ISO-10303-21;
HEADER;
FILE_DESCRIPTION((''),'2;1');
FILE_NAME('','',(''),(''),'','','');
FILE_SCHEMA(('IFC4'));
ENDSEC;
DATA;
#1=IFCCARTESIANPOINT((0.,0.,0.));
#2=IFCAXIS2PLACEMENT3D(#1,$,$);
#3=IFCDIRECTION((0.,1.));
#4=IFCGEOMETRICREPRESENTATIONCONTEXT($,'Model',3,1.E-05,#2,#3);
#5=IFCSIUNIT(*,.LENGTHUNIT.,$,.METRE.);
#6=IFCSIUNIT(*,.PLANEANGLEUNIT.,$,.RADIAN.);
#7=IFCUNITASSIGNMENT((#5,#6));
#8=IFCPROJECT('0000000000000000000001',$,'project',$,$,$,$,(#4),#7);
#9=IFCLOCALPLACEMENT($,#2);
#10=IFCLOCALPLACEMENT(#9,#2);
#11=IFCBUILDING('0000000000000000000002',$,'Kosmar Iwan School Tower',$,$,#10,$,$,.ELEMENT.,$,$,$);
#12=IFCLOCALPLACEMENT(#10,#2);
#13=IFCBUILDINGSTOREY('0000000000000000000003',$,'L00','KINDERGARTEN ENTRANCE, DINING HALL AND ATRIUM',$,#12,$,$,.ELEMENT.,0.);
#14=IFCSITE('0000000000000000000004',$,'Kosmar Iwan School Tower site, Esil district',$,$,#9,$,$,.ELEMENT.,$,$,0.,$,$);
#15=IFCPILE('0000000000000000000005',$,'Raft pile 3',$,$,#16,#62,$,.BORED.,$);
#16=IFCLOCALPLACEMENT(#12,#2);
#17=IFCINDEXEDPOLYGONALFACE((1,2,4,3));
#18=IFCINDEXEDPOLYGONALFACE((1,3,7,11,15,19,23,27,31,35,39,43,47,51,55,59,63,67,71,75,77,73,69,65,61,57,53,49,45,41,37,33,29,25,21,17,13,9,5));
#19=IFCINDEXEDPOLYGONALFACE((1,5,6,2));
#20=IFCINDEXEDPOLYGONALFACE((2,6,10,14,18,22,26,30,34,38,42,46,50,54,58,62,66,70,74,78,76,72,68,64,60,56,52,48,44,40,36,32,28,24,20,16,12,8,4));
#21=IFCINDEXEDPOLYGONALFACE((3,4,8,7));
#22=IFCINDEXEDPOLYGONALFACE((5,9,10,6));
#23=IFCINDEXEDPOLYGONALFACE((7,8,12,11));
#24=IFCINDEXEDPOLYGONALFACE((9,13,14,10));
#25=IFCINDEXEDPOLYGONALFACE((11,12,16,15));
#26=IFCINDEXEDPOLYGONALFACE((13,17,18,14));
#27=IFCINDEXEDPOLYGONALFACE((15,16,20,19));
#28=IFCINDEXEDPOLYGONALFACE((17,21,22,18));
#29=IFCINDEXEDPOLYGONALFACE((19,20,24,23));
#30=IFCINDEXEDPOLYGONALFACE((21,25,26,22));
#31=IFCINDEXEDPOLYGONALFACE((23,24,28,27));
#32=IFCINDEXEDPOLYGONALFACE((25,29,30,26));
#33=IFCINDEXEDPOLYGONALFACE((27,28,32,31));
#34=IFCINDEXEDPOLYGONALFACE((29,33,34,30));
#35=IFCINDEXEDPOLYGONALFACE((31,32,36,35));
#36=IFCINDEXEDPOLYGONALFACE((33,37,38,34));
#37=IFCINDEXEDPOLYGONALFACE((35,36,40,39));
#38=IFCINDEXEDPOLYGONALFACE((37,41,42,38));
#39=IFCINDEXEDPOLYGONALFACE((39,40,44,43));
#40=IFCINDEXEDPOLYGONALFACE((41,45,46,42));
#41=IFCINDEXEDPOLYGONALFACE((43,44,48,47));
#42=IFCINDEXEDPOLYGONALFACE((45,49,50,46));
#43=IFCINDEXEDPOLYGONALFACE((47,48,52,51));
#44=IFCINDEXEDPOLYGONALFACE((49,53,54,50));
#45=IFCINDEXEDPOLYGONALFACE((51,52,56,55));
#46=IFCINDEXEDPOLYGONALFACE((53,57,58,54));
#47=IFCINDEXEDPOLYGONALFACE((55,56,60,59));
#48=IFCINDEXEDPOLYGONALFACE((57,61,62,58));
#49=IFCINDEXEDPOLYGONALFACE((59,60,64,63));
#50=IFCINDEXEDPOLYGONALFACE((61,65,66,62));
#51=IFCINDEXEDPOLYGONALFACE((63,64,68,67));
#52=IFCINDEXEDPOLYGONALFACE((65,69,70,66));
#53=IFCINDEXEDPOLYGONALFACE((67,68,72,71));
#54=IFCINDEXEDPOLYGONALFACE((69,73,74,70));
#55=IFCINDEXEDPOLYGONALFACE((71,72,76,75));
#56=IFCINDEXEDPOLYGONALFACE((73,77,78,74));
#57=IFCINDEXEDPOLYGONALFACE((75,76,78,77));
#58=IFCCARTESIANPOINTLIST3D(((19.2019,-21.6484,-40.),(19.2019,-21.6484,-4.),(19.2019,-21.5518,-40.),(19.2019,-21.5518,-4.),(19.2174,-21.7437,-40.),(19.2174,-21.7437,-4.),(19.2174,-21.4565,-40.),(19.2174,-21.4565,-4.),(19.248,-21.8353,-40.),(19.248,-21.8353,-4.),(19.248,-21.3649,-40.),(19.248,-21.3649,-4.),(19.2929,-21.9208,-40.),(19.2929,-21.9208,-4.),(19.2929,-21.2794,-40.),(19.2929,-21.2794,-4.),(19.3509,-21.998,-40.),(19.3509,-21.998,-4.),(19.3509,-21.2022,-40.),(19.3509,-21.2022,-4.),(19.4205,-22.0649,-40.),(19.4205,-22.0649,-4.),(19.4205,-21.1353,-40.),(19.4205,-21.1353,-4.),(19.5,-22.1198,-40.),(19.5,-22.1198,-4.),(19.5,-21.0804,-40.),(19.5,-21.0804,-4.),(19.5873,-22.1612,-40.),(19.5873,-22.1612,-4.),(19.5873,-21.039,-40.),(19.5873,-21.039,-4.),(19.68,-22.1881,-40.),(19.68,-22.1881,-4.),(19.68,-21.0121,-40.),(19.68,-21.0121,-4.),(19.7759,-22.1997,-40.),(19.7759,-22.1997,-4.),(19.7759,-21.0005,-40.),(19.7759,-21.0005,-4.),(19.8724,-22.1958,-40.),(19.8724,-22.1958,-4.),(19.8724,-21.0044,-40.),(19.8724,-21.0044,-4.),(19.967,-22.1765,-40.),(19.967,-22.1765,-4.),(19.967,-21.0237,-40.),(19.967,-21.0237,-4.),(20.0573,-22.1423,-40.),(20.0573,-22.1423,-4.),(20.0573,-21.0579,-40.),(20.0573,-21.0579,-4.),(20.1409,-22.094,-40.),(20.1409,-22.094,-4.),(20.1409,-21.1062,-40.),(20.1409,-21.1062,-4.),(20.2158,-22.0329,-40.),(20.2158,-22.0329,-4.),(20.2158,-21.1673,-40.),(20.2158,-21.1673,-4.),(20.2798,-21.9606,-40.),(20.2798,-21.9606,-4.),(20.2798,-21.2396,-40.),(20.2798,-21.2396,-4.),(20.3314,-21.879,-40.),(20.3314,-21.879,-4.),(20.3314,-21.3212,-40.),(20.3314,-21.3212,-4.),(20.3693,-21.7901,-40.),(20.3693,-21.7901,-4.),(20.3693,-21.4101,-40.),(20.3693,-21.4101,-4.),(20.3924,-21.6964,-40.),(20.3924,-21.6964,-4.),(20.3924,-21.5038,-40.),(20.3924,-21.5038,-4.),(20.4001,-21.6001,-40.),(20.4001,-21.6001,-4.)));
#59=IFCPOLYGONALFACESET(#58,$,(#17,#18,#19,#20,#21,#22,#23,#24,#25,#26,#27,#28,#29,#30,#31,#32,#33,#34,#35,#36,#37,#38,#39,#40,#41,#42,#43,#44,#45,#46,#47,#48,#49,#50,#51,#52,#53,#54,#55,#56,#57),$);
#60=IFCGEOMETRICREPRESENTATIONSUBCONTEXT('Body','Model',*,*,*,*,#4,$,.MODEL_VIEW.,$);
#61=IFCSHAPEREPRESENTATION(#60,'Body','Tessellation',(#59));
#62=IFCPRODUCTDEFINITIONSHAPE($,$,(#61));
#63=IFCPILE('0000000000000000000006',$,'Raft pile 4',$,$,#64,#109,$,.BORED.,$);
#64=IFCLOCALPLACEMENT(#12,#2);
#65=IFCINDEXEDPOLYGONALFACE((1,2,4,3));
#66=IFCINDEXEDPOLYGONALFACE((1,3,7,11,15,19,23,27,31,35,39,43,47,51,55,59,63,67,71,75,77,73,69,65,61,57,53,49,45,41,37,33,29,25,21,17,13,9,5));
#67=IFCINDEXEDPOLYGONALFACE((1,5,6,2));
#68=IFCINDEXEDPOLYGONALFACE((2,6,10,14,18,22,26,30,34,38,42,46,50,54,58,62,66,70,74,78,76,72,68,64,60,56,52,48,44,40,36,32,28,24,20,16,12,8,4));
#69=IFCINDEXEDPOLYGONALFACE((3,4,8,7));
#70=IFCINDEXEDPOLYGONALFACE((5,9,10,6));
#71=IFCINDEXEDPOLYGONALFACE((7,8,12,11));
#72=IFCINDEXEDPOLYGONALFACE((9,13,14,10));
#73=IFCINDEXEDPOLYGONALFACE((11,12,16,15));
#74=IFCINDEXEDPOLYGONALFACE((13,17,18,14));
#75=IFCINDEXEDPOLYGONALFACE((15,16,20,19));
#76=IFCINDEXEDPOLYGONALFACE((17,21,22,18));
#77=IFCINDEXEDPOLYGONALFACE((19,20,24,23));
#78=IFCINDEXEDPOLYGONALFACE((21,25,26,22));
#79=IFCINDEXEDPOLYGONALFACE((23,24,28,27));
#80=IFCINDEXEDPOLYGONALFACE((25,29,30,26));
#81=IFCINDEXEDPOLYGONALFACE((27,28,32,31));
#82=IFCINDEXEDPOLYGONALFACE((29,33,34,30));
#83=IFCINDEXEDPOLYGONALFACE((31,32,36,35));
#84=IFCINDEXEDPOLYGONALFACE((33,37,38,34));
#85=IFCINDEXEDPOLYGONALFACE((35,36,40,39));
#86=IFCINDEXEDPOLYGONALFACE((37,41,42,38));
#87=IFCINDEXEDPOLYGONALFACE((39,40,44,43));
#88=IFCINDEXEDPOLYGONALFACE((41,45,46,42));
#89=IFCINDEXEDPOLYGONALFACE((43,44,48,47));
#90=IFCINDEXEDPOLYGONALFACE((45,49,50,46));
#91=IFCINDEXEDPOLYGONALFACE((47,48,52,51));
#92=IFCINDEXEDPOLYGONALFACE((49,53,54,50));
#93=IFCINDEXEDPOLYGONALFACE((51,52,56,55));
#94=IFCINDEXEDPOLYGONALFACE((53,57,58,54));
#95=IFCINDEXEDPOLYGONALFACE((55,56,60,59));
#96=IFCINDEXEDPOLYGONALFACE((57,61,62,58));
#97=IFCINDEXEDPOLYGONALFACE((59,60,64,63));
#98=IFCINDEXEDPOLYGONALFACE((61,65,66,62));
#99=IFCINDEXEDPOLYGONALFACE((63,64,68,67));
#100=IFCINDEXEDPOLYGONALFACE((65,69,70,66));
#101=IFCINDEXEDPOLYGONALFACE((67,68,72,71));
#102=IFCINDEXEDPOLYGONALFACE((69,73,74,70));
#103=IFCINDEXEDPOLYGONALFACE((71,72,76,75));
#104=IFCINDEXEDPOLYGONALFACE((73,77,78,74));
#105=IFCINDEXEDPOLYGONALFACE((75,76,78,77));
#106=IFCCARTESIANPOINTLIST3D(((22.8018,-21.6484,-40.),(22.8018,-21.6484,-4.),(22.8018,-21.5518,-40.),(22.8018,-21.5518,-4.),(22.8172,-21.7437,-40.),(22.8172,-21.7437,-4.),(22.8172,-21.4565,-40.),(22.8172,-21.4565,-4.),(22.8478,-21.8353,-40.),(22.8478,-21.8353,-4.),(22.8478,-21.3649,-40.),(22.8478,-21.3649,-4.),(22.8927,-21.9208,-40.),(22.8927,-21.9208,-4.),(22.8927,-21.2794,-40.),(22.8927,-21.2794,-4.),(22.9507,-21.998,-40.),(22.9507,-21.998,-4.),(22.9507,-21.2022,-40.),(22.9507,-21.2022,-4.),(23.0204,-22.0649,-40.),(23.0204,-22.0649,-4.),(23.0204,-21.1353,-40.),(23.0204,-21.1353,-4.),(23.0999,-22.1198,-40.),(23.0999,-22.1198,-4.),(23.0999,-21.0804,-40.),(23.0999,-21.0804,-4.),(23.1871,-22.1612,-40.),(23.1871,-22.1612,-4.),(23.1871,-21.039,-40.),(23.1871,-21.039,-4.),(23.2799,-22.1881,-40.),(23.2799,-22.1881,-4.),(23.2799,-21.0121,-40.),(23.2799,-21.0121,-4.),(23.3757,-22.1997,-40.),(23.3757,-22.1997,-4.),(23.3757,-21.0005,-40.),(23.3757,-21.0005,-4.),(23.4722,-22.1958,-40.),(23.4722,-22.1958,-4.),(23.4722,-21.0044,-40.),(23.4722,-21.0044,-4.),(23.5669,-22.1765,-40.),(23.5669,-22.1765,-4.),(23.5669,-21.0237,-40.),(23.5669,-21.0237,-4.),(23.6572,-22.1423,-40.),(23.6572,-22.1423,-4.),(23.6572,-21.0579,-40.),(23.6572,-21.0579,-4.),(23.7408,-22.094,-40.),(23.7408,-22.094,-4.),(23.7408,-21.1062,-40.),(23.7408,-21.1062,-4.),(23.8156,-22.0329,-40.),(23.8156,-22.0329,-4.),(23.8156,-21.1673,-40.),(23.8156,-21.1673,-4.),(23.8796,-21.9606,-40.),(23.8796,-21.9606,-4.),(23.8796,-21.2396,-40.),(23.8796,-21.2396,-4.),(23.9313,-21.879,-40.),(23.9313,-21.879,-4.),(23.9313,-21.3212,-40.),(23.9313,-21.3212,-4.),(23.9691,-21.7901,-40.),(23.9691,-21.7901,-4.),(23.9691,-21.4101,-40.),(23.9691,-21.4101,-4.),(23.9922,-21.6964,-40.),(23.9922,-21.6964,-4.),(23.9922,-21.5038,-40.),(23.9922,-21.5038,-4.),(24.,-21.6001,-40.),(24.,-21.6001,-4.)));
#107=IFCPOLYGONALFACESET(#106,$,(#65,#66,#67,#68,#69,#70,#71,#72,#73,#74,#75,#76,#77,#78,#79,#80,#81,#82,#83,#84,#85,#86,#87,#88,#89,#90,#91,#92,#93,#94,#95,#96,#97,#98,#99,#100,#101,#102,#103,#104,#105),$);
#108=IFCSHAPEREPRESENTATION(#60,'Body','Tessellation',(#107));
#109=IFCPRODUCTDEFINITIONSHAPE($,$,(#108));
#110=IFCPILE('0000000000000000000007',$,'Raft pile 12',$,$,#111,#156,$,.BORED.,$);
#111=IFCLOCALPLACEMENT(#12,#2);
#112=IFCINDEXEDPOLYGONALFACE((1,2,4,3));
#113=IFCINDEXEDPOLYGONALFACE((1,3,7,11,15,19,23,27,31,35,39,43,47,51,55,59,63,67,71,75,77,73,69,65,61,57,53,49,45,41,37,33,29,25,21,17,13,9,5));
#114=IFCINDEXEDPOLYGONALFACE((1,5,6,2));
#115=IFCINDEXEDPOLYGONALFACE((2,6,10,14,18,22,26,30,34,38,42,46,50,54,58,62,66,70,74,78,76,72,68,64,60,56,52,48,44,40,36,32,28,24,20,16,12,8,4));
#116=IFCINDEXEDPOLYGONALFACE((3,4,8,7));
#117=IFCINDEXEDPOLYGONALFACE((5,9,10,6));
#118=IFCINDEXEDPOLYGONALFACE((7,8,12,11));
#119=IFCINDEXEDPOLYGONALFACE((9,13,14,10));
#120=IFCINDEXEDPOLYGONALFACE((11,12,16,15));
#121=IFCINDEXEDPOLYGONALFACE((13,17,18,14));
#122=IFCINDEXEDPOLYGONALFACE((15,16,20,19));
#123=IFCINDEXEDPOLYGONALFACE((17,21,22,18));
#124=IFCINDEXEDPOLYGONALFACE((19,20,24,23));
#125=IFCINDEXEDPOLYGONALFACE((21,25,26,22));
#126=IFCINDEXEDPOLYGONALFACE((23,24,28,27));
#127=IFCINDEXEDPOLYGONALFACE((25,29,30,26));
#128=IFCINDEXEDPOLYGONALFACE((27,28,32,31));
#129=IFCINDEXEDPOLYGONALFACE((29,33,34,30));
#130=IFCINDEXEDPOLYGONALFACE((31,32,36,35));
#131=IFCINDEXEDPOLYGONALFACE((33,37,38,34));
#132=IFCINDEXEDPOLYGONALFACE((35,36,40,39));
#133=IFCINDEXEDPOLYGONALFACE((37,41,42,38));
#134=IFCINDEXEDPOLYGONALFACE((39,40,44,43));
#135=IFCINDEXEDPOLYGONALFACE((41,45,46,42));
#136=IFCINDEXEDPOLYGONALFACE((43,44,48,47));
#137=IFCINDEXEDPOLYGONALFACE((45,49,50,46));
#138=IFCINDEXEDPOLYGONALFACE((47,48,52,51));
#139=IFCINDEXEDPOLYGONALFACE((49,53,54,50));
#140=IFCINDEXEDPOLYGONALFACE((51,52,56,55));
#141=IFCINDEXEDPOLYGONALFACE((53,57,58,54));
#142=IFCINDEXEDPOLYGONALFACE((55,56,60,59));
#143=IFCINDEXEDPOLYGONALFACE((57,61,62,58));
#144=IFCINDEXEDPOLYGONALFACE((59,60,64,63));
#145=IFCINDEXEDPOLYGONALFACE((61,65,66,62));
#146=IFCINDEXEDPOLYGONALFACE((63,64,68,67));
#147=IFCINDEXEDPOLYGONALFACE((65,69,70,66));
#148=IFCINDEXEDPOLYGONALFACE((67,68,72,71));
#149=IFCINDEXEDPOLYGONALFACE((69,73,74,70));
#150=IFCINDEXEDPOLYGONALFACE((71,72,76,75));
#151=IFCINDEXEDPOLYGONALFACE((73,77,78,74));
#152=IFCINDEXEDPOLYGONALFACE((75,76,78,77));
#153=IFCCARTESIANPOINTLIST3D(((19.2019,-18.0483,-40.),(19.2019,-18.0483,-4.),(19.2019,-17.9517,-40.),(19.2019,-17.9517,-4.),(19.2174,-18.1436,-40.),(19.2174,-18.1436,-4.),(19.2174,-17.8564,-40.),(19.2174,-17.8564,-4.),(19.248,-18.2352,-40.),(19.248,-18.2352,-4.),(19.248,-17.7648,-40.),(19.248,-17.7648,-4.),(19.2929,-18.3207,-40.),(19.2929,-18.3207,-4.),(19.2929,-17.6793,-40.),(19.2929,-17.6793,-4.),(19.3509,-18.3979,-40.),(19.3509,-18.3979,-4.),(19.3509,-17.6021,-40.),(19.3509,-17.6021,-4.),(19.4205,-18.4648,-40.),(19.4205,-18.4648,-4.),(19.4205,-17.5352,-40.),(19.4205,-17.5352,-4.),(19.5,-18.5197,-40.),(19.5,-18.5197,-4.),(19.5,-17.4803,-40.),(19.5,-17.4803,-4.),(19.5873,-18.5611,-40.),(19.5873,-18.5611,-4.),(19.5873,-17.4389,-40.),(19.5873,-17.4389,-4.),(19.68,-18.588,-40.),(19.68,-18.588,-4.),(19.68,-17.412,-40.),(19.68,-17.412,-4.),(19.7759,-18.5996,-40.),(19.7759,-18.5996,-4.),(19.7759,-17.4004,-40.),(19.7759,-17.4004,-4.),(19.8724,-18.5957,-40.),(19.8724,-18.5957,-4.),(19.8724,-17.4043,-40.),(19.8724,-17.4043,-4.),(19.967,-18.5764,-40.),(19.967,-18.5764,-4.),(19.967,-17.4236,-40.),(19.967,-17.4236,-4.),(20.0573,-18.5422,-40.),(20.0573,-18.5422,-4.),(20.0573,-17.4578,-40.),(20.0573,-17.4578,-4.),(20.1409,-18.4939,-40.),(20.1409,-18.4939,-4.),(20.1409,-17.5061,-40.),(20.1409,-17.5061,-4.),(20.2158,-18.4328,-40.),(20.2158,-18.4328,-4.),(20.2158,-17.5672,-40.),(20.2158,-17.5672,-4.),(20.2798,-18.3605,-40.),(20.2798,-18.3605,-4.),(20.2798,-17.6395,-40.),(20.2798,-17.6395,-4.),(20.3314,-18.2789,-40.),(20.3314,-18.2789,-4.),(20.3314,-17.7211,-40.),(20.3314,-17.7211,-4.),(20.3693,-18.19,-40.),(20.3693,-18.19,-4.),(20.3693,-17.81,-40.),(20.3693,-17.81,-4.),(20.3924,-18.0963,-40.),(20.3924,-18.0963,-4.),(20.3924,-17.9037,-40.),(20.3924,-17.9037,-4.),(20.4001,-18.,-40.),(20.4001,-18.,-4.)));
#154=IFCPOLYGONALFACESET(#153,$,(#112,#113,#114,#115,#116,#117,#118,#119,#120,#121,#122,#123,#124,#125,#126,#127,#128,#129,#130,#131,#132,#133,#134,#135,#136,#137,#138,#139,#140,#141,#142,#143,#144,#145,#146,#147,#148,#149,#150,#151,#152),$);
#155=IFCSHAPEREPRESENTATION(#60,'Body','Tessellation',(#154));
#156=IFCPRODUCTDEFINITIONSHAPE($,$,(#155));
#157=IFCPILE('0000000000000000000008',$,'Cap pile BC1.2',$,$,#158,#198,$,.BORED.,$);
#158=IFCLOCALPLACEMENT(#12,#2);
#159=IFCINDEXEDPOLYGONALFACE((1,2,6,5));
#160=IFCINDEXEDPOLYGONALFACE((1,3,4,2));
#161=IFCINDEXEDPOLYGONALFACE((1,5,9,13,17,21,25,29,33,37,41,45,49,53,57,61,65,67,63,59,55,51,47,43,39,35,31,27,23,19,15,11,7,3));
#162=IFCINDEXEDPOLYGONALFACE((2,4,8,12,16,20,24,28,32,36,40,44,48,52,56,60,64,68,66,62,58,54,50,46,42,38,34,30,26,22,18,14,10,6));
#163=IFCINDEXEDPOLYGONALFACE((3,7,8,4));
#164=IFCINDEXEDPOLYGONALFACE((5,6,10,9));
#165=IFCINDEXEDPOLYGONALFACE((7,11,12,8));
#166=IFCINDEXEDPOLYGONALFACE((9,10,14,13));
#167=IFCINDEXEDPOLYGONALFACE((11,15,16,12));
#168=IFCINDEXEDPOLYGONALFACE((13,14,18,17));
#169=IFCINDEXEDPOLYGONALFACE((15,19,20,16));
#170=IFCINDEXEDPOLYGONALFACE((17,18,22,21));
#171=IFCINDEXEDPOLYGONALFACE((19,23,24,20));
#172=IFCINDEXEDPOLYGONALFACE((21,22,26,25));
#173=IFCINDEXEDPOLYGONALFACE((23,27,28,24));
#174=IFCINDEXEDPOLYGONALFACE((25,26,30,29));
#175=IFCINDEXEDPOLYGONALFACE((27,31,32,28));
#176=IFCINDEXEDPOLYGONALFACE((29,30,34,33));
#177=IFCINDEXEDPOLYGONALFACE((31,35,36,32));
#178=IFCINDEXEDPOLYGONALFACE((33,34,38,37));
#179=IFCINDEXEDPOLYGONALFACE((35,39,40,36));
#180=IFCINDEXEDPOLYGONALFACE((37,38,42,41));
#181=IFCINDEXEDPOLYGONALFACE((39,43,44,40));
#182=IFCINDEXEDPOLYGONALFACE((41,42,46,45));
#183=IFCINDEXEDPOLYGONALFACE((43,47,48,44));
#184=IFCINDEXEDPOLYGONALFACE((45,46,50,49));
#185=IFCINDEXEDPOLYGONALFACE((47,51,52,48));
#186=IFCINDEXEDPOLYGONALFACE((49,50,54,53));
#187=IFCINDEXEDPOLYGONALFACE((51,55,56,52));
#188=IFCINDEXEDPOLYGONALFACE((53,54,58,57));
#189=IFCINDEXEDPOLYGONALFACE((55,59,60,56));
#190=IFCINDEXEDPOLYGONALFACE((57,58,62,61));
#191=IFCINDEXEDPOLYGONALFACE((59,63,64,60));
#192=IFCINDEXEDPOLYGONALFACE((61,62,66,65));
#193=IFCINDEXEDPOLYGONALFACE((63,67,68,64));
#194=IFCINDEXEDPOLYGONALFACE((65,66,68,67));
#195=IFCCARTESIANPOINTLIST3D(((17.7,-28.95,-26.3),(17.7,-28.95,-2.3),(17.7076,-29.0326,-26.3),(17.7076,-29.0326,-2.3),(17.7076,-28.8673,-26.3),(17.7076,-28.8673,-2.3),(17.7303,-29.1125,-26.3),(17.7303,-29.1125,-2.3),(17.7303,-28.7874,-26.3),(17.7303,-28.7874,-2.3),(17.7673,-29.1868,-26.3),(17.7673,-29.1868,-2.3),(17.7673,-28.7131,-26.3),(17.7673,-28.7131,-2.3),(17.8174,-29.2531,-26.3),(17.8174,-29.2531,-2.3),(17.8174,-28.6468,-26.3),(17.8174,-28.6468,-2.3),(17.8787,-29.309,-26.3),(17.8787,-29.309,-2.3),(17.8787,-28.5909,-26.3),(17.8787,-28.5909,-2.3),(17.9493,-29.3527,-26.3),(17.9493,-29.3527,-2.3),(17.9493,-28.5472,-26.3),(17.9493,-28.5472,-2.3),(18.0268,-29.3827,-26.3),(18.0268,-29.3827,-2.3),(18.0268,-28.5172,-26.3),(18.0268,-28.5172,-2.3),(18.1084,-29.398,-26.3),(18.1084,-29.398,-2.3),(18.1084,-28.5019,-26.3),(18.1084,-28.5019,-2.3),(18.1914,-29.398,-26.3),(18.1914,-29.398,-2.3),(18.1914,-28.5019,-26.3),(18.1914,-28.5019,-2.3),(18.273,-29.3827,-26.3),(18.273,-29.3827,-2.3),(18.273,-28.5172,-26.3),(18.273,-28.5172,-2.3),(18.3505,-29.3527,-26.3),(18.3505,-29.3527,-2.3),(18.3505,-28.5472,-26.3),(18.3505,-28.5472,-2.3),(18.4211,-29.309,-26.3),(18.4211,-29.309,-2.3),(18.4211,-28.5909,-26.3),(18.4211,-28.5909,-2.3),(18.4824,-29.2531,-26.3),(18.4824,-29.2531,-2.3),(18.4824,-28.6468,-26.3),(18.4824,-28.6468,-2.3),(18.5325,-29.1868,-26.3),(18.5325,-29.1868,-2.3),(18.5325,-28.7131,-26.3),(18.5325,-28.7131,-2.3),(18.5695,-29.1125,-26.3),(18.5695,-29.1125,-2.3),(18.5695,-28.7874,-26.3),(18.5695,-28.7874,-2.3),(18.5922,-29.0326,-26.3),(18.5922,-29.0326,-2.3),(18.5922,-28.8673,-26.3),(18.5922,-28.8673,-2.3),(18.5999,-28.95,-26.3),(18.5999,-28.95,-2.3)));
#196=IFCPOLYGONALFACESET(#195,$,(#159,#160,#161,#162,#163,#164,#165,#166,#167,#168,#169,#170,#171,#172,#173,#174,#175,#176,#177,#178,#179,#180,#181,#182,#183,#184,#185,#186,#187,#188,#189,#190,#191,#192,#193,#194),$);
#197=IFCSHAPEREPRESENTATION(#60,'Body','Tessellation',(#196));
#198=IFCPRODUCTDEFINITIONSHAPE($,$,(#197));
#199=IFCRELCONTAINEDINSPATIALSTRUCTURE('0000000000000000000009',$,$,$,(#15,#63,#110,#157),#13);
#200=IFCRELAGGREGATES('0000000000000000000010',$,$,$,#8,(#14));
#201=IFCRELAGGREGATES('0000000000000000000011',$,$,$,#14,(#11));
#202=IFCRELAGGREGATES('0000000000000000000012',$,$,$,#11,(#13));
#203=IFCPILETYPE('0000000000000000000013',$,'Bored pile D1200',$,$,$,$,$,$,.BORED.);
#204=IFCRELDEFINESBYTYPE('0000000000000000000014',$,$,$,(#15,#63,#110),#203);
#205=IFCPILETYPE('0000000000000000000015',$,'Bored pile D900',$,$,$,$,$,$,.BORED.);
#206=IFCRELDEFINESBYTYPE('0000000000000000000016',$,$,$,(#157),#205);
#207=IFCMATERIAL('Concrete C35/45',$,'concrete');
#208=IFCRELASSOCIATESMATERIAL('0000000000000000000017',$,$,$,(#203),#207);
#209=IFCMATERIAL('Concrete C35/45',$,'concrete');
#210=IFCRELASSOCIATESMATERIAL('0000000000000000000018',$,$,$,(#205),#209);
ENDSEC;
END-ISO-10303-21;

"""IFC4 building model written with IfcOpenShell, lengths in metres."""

from ifc_helpers import new_model, si_unit, direction, frame, origin, origin_2d, place, context, subcontext, project, spatial, circle, extrude, material, material_profile, profile_set, type_object, element, save


model = new_model("IFC4")

# Units and contexts
model_context = context("Model", 3, precision=1e-05, world=origin(), true_north=direction((0.0, 1.0)))
body_context = subcontext(model_context, "Body", "Model", "MODEL_VIEW")
ifc_project = project(units=[si_unit("LENGTHUNIT", "METRE"), si_unit("PLANEANGLEUNIT", "RADIAN")], contexts=[model_context])

# Site, building, storey
site_placement = place(None, origin())
site = spatial("IfcSite", under=ifc_project, at=site_placement, Name="Kosmar Iwan School Tower site, Esil district", CompositionType="ELEMENT", RefElevation=0.0)
building_placement = place(site_placement, origin())
building = spatial("IfcBuilding", under=site, at=building_placement, Name="Kosmar Iwan School Tower", CompositionType="ELEMENT")
storey_placement = place(building_placement, origin())
storey = spatial("IfcBuildingStorey", under=building, at=storey_placement, Name="L00", Description="KINDERGARTEN ENTRANCE, DINING HALL AND ATRIUM", CompositionType="ELEMENT", Elevation=0.0)

# Piles
ifc_material_1 = material(Name="Concrete C35/45", Category="concrete")
ifc_material_profile_1 = material_profile(ifc_material_1, circle(Radius=0.6001, at=origin_2d()), Name="D1200")
ifc_profile_set_1 = profile_set([ifc_material_profile_1], Name="Concrete C35/45")
pile_type_1 = type_object("IfcPileType", Name="Bored pile D1200", PredefinedType="BORED", material=ifc_profile_set_1)
for number, where, z_axis, x_axis, name in (
    (1, (19.8, -21.6001, -4.0), (0.0, 0.0, -1.0), (1.0, 0.0, 0.0), "Raft pile 3"),
    (2, (23.3999, -21.6001, -4.0), (0.0, 0.0, -1.0), (1.0, 0.0, 0.0), "Raft pile 4"),
    (3, (19.8, -18.0, -4.0), (0.0, 0.0, -1.0), (1.0, 0.0, 0.0), "Raft pile 12"),
):
    element("IfcPile", number, at=place(storey_placement, frame(where, z_axis=z_axis, x_axis=x_axis)), inside=storey, type_object=pile_type_1, Name=name, PredefinedType="BORED", context=body_context, shape_type="SweptSolid", body=[
        extrude(circle(Radius=0.6001, at=origin_2d()), origin(), (0.0, 0.0, 1.0), 36.0),
    ])
ifc_material_2 = material(Name="Concrete C35/45", Category="concrete")
ifc_material_profile_2 = material_profile(ifc_material_2, circle(Radius=0.45, at=origin_2d()), Name="D900")
ifc_profile_set_2 = profile_set([ifc_material_profile_2], Name="Concrete C35/45")
pile_type_2 = type_object("IfcPileType", Name="Bored pile D900", PredefinedType="BORED", material=ifc_profile_set_2)
for number, where, z_axis, x_axis, name in (
    (4, (18.1499, -28.95, -2.3), (0.0, 0.0, -1.0), (1.0, 0.0, 0.0), "Cap pile BC1.2"),
):
    element("IfcPile", number, at=place(storey_placement, frame(where, z_axis=z_axis, x_axis=x_axis)), inside=storey, type_object=pile_type_2, Name=name, PredefinedType="BORED", context=body_context, shape_type="SweptSolid", body=[
        extrude(circle(Radius=0.45, at=origin_2d()), origin(), (0.0, 0.0, 1.0), 24.0),
    ])

save(model, "model.ifc")
